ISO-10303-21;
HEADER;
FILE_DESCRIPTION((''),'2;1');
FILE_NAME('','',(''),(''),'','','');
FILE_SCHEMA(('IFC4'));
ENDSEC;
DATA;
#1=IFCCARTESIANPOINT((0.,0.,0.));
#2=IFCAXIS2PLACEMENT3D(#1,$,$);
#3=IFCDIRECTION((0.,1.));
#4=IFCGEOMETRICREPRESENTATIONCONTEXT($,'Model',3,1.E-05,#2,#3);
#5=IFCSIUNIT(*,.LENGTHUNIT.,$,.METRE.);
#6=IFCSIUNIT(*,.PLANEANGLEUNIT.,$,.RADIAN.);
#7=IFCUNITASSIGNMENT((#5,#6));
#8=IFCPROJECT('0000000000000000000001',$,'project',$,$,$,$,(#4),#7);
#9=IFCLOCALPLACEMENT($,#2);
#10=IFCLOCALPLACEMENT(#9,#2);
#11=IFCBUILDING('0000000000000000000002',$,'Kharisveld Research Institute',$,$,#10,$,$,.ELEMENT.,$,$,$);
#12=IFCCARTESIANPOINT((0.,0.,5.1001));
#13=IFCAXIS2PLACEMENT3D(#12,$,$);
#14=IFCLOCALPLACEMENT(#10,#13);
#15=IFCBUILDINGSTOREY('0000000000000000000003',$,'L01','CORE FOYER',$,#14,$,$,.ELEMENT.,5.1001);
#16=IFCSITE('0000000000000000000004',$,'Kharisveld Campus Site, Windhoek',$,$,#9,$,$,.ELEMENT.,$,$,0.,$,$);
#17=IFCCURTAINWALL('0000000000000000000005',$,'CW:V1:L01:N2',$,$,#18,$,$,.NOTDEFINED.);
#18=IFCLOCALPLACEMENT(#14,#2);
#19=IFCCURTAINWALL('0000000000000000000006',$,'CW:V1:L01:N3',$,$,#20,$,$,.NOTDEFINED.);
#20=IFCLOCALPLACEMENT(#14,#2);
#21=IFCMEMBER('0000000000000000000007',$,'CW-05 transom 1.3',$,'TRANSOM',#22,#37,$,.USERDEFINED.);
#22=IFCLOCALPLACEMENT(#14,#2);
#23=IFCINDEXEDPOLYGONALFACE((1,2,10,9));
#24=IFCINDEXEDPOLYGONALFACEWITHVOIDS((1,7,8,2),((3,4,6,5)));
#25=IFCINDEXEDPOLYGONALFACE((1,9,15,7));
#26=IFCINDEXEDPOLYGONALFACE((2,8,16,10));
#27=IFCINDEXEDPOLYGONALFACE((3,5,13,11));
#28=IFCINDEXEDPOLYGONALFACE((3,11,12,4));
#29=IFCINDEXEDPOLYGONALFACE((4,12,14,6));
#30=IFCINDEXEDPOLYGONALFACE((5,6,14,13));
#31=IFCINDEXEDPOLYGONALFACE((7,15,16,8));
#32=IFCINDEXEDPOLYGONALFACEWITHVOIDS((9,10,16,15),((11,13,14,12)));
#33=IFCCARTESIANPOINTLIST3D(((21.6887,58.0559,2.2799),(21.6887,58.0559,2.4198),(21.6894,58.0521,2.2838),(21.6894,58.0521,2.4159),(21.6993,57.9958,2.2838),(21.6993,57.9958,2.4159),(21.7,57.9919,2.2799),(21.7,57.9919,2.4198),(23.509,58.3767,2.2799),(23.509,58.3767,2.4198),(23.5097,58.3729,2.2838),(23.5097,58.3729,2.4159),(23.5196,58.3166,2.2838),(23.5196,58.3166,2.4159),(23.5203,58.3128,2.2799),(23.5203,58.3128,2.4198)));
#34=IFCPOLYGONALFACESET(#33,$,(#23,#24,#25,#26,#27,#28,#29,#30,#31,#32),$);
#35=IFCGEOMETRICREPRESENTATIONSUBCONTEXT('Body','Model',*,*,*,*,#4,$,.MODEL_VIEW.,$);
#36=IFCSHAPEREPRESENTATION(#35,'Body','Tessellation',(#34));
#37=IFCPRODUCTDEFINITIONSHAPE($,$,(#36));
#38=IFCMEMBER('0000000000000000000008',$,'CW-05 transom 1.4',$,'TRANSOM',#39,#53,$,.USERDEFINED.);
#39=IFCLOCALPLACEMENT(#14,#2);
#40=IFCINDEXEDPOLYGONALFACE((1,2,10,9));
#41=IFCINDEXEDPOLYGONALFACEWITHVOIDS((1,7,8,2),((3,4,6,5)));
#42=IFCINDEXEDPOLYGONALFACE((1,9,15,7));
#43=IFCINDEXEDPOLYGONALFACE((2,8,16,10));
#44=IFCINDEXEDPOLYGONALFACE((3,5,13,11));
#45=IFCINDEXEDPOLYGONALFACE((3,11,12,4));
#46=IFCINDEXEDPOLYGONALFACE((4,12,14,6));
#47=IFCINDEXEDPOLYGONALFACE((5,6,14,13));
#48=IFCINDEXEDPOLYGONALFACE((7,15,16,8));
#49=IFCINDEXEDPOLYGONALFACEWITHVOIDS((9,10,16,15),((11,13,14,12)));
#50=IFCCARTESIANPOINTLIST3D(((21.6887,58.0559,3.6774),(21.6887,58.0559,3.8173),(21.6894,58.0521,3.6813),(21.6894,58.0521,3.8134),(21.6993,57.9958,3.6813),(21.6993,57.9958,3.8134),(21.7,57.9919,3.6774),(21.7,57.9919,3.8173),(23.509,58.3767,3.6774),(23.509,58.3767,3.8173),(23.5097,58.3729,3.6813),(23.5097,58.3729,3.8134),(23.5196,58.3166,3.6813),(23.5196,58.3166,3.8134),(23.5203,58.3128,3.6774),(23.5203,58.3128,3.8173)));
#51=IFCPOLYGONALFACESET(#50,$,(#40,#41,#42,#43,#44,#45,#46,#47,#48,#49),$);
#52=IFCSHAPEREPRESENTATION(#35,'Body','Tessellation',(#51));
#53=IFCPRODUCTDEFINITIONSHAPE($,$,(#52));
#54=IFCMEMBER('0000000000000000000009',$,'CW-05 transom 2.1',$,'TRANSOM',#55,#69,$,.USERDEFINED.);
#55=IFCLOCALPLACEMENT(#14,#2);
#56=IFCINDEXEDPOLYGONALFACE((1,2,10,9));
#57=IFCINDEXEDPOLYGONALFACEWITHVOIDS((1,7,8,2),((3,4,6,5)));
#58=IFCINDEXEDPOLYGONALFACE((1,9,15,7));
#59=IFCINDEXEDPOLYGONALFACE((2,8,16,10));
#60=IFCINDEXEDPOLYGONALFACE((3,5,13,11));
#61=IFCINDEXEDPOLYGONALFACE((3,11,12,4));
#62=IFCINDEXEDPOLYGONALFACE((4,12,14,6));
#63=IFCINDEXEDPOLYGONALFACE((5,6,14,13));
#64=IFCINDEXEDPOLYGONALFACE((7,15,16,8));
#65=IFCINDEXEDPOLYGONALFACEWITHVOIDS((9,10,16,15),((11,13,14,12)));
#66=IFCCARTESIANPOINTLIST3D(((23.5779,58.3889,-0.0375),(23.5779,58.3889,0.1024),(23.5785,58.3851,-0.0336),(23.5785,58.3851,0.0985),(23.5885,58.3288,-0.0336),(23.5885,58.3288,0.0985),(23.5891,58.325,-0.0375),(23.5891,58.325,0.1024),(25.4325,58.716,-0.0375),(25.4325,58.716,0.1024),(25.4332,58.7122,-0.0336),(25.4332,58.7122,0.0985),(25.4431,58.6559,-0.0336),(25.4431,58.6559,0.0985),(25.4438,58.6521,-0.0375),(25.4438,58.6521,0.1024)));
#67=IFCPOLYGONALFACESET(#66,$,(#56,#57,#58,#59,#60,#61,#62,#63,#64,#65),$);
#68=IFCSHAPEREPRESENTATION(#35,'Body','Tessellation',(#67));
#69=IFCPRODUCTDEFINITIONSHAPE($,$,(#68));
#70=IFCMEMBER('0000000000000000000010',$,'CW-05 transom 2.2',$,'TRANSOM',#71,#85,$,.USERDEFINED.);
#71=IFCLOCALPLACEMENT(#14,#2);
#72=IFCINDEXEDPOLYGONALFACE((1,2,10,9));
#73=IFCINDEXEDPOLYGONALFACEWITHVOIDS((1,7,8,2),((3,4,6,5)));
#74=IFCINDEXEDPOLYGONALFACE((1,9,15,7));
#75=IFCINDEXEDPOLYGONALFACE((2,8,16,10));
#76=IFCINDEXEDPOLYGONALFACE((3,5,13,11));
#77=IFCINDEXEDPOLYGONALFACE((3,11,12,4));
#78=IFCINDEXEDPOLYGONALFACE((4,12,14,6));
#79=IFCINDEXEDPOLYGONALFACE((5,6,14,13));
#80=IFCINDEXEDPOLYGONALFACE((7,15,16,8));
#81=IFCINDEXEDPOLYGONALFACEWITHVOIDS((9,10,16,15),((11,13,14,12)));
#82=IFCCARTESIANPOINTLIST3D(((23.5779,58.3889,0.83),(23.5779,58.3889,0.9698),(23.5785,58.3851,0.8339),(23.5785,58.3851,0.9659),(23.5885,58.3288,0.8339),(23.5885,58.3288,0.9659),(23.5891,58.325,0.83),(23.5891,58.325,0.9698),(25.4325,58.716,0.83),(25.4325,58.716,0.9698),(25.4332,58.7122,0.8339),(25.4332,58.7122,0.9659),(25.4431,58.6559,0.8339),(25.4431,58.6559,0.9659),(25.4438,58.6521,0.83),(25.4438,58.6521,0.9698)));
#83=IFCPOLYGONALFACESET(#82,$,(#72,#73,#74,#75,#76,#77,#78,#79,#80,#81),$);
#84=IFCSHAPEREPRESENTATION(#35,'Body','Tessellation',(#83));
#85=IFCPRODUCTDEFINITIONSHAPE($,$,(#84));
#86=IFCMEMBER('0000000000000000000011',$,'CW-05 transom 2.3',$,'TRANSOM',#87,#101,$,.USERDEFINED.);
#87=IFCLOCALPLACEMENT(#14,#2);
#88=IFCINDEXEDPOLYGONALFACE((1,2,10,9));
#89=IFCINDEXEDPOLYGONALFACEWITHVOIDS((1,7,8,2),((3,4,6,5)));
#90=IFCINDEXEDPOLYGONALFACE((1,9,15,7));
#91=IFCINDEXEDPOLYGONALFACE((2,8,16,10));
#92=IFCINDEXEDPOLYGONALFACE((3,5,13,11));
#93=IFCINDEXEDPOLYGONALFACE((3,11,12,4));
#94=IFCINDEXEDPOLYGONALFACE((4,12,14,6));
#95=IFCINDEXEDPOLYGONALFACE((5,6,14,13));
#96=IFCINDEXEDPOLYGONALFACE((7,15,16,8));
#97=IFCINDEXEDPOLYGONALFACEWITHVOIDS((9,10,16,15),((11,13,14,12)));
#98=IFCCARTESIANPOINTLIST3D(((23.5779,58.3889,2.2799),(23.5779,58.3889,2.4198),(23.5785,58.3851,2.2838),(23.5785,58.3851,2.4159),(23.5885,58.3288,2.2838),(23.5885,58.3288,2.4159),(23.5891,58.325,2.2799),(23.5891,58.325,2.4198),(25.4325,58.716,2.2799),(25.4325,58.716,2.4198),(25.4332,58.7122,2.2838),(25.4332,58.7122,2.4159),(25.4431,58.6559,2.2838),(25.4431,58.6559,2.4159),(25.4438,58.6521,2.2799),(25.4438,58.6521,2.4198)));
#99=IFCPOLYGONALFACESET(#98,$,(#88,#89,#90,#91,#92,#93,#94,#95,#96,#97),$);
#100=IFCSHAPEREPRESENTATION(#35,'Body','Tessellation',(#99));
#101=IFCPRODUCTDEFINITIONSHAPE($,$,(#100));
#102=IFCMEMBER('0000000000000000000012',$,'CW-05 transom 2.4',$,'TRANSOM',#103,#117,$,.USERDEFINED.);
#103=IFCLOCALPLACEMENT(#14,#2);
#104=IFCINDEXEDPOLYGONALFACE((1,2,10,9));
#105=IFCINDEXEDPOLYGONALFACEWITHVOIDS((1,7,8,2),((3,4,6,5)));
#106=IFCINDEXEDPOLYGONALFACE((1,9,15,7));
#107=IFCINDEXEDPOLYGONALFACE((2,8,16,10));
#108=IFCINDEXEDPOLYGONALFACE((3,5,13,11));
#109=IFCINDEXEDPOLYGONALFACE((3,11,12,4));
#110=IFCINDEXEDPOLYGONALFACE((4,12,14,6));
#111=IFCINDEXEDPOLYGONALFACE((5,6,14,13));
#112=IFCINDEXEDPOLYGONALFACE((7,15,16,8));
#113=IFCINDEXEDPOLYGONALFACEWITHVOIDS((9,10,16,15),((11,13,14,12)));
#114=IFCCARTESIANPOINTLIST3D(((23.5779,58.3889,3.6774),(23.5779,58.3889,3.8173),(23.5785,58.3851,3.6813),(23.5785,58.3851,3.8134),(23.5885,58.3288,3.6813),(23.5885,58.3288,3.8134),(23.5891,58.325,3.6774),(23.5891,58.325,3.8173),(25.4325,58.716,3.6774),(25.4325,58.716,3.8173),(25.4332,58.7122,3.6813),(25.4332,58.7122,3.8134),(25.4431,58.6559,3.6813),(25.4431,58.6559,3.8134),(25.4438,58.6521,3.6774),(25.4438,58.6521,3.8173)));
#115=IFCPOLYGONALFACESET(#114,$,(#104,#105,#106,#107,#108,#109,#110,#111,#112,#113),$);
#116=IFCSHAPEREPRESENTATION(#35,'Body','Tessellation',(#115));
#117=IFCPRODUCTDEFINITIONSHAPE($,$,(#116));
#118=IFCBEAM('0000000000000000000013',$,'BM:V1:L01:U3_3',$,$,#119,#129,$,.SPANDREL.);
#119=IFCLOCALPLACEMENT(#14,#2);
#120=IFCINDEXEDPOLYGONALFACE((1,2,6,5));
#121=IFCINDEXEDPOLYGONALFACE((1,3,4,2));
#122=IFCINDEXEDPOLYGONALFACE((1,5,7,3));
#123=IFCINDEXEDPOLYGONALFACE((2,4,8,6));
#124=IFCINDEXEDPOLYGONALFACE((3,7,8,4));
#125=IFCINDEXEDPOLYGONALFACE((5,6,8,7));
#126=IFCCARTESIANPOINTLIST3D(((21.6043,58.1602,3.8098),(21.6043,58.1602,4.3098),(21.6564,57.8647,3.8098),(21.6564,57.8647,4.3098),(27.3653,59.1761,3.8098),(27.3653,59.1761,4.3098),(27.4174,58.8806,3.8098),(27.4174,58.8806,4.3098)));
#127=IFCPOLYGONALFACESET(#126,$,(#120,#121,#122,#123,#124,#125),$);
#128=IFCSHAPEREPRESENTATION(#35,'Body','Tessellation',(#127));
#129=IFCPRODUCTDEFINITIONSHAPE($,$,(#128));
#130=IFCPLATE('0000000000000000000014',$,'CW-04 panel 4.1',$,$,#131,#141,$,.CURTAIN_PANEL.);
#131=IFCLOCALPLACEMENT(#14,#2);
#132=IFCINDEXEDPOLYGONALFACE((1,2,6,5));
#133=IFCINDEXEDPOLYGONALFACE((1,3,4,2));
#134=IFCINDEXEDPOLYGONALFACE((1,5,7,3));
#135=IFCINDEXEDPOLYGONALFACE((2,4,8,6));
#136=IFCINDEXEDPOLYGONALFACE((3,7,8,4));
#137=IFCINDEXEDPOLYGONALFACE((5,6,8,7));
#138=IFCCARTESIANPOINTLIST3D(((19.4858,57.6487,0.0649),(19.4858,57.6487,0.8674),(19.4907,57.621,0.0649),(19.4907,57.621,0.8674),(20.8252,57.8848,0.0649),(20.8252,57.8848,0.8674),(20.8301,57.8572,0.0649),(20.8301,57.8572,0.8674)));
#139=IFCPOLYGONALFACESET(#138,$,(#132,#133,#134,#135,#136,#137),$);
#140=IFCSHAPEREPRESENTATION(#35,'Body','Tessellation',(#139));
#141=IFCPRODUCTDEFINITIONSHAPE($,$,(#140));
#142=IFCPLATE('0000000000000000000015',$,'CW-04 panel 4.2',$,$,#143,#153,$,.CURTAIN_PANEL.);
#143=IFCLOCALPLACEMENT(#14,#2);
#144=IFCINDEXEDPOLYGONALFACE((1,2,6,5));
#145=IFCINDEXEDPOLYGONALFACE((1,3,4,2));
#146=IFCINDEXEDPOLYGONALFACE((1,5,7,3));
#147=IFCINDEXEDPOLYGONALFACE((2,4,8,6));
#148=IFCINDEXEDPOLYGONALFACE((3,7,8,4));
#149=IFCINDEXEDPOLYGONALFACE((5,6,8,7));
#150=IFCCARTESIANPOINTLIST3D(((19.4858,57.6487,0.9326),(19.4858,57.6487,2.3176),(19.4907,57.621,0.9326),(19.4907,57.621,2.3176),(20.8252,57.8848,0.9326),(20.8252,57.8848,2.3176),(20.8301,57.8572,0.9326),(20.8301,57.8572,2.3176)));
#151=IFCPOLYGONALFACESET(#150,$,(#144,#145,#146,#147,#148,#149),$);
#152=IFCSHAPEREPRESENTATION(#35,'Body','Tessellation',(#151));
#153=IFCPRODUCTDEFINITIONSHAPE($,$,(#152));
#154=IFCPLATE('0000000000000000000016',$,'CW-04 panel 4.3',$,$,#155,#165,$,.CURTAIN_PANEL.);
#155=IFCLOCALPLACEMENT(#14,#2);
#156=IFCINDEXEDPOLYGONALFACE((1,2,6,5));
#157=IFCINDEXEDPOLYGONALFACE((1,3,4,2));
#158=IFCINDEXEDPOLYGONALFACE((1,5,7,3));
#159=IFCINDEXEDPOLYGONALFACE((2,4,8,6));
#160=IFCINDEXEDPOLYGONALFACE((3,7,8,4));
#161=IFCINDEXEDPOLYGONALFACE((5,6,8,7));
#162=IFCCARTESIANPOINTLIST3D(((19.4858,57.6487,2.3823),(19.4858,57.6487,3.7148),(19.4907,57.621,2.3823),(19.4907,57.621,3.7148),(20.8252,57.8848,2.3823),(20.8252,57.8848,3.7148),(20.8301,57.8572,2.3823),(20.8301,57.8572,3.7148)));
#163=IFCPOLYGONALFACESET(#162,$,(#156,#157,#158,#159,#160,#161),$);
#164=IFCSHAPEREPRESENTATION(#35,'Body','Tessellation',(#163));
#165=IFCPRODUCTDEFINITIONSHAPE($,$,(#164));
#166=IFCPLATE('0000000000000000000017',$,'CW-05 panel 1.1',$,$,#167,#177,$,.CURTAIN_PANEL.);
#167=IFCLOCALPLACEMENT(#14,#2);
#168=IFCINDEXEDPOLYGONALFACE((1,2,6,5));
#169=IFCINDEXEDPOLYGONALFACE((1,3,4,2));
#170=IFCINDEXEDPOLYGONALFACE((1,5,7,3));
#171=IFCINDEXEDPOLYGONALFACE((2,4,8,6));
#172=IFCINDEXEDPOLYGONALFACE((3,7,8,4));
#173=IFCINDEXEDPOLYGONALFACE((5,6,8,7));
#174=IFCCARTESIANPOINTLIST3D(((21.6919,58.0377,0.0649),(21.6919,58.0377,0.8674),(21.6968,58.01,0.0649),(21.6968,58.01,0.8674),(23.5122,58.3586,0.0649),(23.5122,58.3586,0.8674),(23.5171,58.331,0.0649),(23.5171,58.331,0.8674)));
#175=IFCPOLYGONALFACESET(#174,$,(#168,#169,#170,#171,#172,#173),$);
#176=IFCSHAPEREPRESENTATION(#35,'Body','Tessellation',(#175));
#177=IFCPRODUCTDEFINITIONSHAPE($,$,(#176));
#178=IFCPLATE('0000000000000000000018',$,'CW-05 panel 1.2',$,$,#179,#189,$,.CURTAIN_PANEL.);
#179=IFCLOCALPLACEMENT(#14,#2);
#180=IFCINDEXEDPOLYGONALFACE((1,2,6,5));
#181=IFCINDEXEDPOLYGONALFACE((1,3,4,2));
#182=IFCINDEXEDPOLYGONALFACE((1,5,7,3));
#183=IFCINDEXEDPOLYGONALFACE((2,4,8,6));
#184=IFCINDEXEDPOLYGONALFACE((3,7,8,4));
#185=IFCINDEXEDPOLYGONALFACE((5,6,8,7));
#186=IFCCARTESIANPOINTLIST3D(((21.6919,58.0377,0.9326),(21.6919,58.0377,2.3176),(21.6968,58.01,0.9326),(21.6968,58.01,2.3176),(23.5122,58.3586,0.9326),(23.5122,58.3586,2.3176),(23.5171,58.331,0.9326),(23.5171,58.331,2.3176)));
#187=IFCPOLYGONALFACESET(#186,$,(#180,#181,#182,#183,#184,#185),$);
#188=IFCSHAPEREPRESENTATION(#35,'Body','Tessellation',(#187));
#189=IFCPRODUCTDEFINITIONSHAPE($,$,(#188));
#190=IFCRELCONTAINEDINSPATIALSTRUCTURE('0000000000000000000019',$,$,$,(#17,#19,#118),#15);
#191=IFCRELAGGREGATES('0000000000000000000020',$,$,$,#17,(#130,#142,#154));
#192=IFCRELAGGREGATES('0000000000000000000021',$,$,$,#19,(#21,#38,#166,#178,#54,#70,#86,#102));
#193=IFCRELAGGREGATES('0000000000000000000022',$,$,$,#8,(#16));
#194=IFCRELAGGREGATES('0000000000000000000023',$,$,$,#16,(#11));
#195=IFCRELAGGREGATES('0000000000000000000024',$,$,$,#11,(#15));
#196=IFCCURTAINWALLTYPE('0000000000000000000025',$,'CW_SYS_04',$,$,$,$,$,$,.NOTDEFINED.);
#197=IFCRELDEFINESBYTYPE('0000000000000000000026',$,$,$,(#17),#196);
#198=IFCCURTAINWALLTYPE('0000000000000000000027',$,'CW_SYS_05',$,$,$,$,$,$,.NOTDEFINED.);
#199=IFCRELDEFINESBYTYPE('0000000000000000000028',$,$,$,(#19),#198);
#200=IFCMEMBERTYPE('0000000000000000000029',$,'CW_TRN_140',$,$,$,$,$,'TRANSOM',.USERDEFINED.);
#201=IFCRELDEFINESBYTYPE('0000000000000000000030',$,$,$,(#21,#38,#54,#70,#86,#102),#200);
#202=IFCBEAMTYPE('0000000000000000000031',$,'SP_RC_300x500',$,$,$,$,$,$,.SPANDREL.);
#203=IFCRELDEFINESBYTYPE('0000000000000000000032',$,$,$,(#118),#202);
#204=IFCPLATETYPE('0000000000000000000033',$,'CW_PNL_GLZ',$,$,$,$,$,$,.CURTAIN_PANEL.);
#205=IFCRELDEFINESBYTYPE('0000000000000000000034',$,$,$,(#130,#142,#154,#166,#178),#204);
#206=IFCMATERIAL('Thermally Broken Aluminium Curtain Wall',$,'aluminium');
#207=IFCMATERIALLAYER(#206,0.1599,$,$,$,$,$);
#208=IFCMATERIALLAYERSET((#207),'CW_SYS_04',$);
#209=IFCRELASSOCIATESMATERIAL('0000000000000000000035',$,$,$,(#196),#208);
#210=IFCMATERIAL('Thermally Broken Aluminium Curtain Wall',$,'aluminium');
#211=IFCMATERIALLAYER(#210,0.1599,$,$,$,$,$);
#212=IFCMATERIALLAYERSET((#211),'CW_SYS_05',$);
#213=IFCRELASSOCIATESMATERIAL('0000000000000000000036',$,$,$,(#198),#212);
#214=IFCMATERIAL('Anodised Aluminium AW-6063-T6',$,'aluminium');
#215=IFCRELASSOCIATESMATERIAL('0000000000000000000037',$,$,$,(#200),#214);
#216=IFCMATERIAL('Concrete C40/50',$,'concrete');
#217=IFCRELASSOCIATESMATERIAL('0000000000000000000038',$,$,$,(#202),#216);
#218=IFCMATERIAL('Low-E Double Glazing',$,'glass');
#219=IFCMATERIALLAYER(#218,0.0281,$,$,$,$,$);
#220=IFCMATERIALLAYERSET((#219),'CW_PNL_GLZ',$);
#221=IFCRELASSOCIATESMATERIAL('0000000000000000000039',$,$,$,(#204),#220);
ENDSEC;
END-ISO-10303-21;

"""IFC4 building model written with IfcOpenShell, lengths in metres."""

from ifc_helpers import new_model, si_unit, direction, frame, origin, origin_2d, place, context, subcontext, project, spatial, rectangle, hollow_rectangle, extrude, material, layer, layer_set, material_profile, profile_set, type_object, element, aggregate, save


model = new_model("IFC4")

# Units and contexts
model_context = context("Model", 3, precision=1e-05, world=origin(), true_north=direction((0.0, 1.0)))
body_context = subcontext(model_context, "Body", "Model", "MODEL_VIEW")
ifc_project = project(units=[si_unit("LENGTHUNIT", "METRE"), si_unit("PLANEANGLEUNIT", "RADIAN")], contexts=[model_context])

# Site, building, storey
site_placement = place(None, origin())
site = spatial("IfcSite", under=ifc_project, at=site_placement, Name="Kharisveld Campus Site, Windhoek", CompositionType="ELEMENT", RefElevation=0.0)
building_placement = place(site_placement, origin())
building = spatial("IfcBuilding", under=site, at=building_placement, Name="Kharisveld Research Institute", CompositionType="ELEMENT")
storey_placement = place(building_placement, frame((0.0, 0.0, 5.1001)))
storey = spatial("IfcBuildingStorey", under=building, at=storey_placement, Name="L01", Description="CORE FOYER", CompositionType="ELEMENT", Elevation=5.1001)

# Curtain walls
ifc_material_1 = material(Name="Thermally Broken Aluminium Curtain Wall", Category="aluminium")
ifc_layer_1 = layer(ifc_material_1, 0.1599)
ifc_layer_set_1 = layer_set([ifc_layer_1], Name="CW_SYS_04")
curtain_wall_type_1 = type_object("IfcCurtainWallType", Name="CW_SYS_04", PredefinedType="NOTDEFINED", material=ifc_layer_set_1)
curtain_wall_1_placement = place(storey_placement, origin())
curtain_wall_1 = element("IfcCurtainWall", 1, at=curtain_wall_1_placement, inside=storey, type_object=curtain_wall_type_1, Name="CW:V1:L01:N2", PredefinedType="NOTDEFINED")
ifc_material_2 = material(Name="Thermally Broken Aluminium Curtain Wall", Category="aluminium")
ifc_layer_2 = layer(ifc_material_2, 0.1599)
ifc_layer_set_2 = layer_set([ifc_layer_2], Name="CW_SYS_05")
curtain_wall_type_2 = type_object("IfcCurtainWallType", Name="CW_SYS_05", PredefinedType="NOTDEFINED", material=ifc_layer_set_2)
curtain_wall_2_placement = place(storey_placement, origin())
curtain_wall_2 = element("IfcCurtainWall", 2, at=curtain_wall_2_placement, inside=storey, type_object=curtain_wall_type_2, Name="CW:V1:L01:N3", PredefinedType="NOTDEFINED")

# Members
ifc_material_3 = material(Name="Anodised Aluminium AW-6063-T6", Category="aluminium")
ifc_material_profile_1 = material_profile(ifc_material_3, hollow_rectangle(XDim=0.0649, YDim=0.1399, WallThickness=0.0039, at=origin_2d()))
ifc_profile_set_1 = profile_set([ifc_material_profile_1], Name="Anodised Aluminium AW-6063-T6")
member_type_1 = type_object("IfcMemberType", Name="CW_TRN_140", ElementType="TRANSOM", PredefinedType="USERDEFINED", material=ifc_profile_set_1)
member_1_placement = place(storey_placement, frame((21.6943, 58.0239, 2.3499), z_axis=(0.984823, 0.173559, 0.0), x_axis=(-0.173559, 0.984823, 0.0)))
member_1 = element("IfcMember", 3, at=member_1_placement, type_object=member_type_1, Name="CW-05 transom 1.3", ObjectType="TRANSOM", PredefinedType="USERDEFINED", context=body_context, shape_type="SweptSolid", body=[
    extrude(hollow_rectangle(XDim=0.0649, YDim=0.1399, WallThickness=0.0039, at=origin_2d()), origin(), (0.0, 0.0, 1.0), 1.8484),
])
member_2_placement = place(storey_placement, frame((21.6943, 58.0239, 3.7473), z_axis=(0.984823, 0.173559, 0.0), x_axis=(-0.173559, 0.984823, 0.0)))
member_2 = element("IfcMember", 4, at=member_2_placement, type_object=member_type_1, Name="CW-05 transom 1.4", ObjectType="TRANSOM", PredefinedType="USERDEFINED", context=body_context, shape_type="SweptSolid", body=[
    extrude(hollow_rectangle(XDim=0.0649, YDim=0.1399, WallThickness=0.0039, at=origin_2d()), origin(), (0.0, 0.0, 1.0), 1.8484),
])
member_3_placement = place(storey_placement, frame((23.5835, 58.3569, 0.0325), z_axis=(0.984798, 0.173704, 0.0), x_axis=(-0.173704, 0.984798, 0.0)))
member_3 = element("IfcMember", 5, at=member_3_placement, type_object=member_type_1, Name="CW-05 transom 2.1", ObjectType="TRANSOM", PredefinedType="USERDEFINED", context=body_context, shape_type="SweptSolid", body=[
    extrude(hollow_rectangle(XDim=0.0649, YDim=0.1399, WallThickness=0.0039, at=origin_2d()), origin(), (0.0, 0.0, 1.0), 1.8833),
])
member_4_placement = place(storey_placement, frame((23.5835, 58.3569, 0.8999), z_axis=(0.984798, 0.173704, 0.0), x_axis=(-0.173704, 0.984798, 0.0)))
member_4 = element("IfcMember", 6, at=member_4_placement, type_object=member_type_1, Name="CW-05 transom 2.2", ObjectType="TRANSOM", PredefinedType="USERDEFINED", context=body_context, shape_type="SweptSolid", body=[
    extrude(hollow_rectangle(XDim=0.0649, YDim=0.1399, WallThickness=0.0039, at=origin_2d()), origin(), (0.0, 0.0, 1.0), 1.8833),
])
member_5_placement = place(storey_placement, frame((23.5835, 58.3569, 2.3499), z_axis=(0.984798, 0.173704, 0.0), x_axis=(-0.173704, 0.984798, 0.0)))
member_5 = element("IfcMember", 7, at=member_5_placement, type_object=member_type_1, Name="CW-05 transom 2.3", ObjectType="TRANSOM", PredefinedType="USERDEFINED", context=body_context, shape_type="SweptSolid", body=[
    extrude(hollow_rectangle(XDim=0.0649, YDim=0.1399, WallThickness=0.0039, at=origin_2d()), origin(), (0.0, 0.0, 1.0), 1.8833),
])
member_6_placement = place(storey_placement, frame((23.5835, 58.3569, 3.7473), z_axis=(0.984798, 0.173704, 0.0), x_axis=(-0.173704, 0.984798, 0.0)))
member_6 = element("IfcMember", 8, at=member_6_placement, type_object=member_type_1, Name="CW-05 transom 2.4", ObjectType="TRANSOM", PredefinedType="USERDEFINED", context=body_context, shape_type="SweptSolid", body=[
    extrude(hollow_rectangle(XDim=0.0649, YDim=0.1399, WallThickness=0.0039, at=origin_2d()), origin(), (0.0, 0.0, 1.0), 1.8833),
])

# Beam
ifc_material_4 = material(Name="Concrete C40/50", Category="concrete")
ifc_material_profile_2 = material_profile(ifc_material_4, rectangle(XDim=0.3, YDim=0.5, at=origin_2d()))
ifc_profile_set_2 = profile_set([ifc_material_profile_2], Name="Concrete C40/50")
beam_type = type_object("IfcBeamType", Name="SP_RC_300x500", PredefinedType="SPANDREL", material=ifc_profile_set_2)
beam_placement = place(storey_placement, frame((21.6304, 58.0125, 4.0598), z_axis=(0.984806, 0.173657, 0.0), x_axis=(-0.173657, 0.984806, 0.0)))
element("IfcBeam", 9, at=beam_placement, inside=storey, type_object=beam_type, Name="BM:V1:L01:U3_3", PredefinedType="SPANDREL", context=body_context, shape_type="SweptSolid", body=[
    extrude(rectangle(XDim=0.3, YDim=0.5, at=origin_2d()), origin(), (0.0, 0.0, 1.0), 5.8499),
])

# Plates
ifc_material_5 = material(Name="Low-E Double Glazing", Category="glass")
ifc_layer_3 = layer(ifc_material_5, 0.0281)
ifc_layer_set_3 = layer_set([ifc_layer_3], Name="CW_PNL_GLZ")
plate_type = type_object("IfcPlateType", Name="CW_PNL_GLZ", PredefinedType="CURTAIN_PANEL", material=ifc_layer_set_3)
plate_1_placement = place(storey_placement, frame((20.158, 57.7529, 0.0649), z_axis=(0.0, 0.0, 1.0), x_axis=(0.984808, 0.173648, 0.0)))
plate_1 = element("IfcPlate", 10, at=plate_1_placement, type_object=plate_type, Name="CW-04 panel 4.1", PredefinedType="CURTAIN_PANEL", context=body_context, shape_type="SweptSolid", body=[
    extrude(rectangle(XDim=1.3601, YDim=0.0281, at=origin_2d()), origin(), (0.0, 0.0, 1.0), 0.8025),
])
plate_2_placement = place(storey_placement, frame((20.158, 57.7529, 0.9326), z_axis=(0.0, 0.0, 1.0), x_axis=(0.984808, 0.173648, 0.0)))
plate_2 = element("IfcPlate", 11, at=plate_2_placement, type_object=plate_type, Name="CW-04 panel 4.2", PredefinedType="CURTAIN_PANEL", context=body_context, shape_type="SweptSolid", body=[
    extrude(rectangle(XDim=1.3601, YDim=0.0281, at=origin_2d()), origin(), (0.0, 0.0, 1.0), 1.385),
])
plate_3_placement = place(storey_placement, frame((20.158, 57.7529, 2.3823), z_axis=(0.0, 0.0, 1.0), x_axis=(0.984808, 0.173648, 0.0)))
plate_3 = element("IfcPlate", 12, at=plate_3_placement, type_object=plate_type, Name="CW-04 panel 4.3", PredefinedType="CURTAIN_PANEL", context=body_context, shape_type="SweptSolid", body=[
    extrude(rectangle(XDim=1.3601, YDim=0.0281, at=origin_2d()), origin(), (0.0, 0.0, 1.0), 1.3325),
])
aggregate(curtain_wall_1, [plate_1, plate_2, plate_3])
plate_4_placement = place(storey_placement, frame((22.6045, 58.1843, 0.0649), z_axis=(0.0, 0.0, 1.0), x_axis=(0.984808, 0.173648, 0.0)))
plate_4 = element("IfcPlate", 13, at=plate_4_placement, type_object=plate_type, Name="CW-05 panel 1.1", PredefinedType="CURTAIN_PANEL", context=body_context, shape_type="SweptSolid", body=[
    extrude(rectangle(XDim=1.8484, YDim=0.0281, at=origin_2d()), origin(), (0.0, 0.0, 1.0), 0.8025),
])
plate_5_placement = place(storey_placement, frame((22.6045, 58.1843, 0.9326), z_axis=(0.0, 0.0, 1.0), x_axis=(0.984808, 0.173648, 0.0)))
plate_5 = element("IfcPlate", 14, at=plate_5_placement, type_object=plate_type, Name="CW-05 panel 1.2", PredefinedType="CURTAIN_PANEL", context=body_context, shape_type="SweptSolid", body=[
    extrude(rectangle(XDim=1.8484, YDim=0.0281, at=origin_2d()), origin(), (0.0, 0.0, 1.0), 1.385),
])
aggregate(curtain_wall_2, [member_1, member_2, plate_4, plate_5, member_3, member_4, member_5, member_6])

save(model, "model.ifc")
